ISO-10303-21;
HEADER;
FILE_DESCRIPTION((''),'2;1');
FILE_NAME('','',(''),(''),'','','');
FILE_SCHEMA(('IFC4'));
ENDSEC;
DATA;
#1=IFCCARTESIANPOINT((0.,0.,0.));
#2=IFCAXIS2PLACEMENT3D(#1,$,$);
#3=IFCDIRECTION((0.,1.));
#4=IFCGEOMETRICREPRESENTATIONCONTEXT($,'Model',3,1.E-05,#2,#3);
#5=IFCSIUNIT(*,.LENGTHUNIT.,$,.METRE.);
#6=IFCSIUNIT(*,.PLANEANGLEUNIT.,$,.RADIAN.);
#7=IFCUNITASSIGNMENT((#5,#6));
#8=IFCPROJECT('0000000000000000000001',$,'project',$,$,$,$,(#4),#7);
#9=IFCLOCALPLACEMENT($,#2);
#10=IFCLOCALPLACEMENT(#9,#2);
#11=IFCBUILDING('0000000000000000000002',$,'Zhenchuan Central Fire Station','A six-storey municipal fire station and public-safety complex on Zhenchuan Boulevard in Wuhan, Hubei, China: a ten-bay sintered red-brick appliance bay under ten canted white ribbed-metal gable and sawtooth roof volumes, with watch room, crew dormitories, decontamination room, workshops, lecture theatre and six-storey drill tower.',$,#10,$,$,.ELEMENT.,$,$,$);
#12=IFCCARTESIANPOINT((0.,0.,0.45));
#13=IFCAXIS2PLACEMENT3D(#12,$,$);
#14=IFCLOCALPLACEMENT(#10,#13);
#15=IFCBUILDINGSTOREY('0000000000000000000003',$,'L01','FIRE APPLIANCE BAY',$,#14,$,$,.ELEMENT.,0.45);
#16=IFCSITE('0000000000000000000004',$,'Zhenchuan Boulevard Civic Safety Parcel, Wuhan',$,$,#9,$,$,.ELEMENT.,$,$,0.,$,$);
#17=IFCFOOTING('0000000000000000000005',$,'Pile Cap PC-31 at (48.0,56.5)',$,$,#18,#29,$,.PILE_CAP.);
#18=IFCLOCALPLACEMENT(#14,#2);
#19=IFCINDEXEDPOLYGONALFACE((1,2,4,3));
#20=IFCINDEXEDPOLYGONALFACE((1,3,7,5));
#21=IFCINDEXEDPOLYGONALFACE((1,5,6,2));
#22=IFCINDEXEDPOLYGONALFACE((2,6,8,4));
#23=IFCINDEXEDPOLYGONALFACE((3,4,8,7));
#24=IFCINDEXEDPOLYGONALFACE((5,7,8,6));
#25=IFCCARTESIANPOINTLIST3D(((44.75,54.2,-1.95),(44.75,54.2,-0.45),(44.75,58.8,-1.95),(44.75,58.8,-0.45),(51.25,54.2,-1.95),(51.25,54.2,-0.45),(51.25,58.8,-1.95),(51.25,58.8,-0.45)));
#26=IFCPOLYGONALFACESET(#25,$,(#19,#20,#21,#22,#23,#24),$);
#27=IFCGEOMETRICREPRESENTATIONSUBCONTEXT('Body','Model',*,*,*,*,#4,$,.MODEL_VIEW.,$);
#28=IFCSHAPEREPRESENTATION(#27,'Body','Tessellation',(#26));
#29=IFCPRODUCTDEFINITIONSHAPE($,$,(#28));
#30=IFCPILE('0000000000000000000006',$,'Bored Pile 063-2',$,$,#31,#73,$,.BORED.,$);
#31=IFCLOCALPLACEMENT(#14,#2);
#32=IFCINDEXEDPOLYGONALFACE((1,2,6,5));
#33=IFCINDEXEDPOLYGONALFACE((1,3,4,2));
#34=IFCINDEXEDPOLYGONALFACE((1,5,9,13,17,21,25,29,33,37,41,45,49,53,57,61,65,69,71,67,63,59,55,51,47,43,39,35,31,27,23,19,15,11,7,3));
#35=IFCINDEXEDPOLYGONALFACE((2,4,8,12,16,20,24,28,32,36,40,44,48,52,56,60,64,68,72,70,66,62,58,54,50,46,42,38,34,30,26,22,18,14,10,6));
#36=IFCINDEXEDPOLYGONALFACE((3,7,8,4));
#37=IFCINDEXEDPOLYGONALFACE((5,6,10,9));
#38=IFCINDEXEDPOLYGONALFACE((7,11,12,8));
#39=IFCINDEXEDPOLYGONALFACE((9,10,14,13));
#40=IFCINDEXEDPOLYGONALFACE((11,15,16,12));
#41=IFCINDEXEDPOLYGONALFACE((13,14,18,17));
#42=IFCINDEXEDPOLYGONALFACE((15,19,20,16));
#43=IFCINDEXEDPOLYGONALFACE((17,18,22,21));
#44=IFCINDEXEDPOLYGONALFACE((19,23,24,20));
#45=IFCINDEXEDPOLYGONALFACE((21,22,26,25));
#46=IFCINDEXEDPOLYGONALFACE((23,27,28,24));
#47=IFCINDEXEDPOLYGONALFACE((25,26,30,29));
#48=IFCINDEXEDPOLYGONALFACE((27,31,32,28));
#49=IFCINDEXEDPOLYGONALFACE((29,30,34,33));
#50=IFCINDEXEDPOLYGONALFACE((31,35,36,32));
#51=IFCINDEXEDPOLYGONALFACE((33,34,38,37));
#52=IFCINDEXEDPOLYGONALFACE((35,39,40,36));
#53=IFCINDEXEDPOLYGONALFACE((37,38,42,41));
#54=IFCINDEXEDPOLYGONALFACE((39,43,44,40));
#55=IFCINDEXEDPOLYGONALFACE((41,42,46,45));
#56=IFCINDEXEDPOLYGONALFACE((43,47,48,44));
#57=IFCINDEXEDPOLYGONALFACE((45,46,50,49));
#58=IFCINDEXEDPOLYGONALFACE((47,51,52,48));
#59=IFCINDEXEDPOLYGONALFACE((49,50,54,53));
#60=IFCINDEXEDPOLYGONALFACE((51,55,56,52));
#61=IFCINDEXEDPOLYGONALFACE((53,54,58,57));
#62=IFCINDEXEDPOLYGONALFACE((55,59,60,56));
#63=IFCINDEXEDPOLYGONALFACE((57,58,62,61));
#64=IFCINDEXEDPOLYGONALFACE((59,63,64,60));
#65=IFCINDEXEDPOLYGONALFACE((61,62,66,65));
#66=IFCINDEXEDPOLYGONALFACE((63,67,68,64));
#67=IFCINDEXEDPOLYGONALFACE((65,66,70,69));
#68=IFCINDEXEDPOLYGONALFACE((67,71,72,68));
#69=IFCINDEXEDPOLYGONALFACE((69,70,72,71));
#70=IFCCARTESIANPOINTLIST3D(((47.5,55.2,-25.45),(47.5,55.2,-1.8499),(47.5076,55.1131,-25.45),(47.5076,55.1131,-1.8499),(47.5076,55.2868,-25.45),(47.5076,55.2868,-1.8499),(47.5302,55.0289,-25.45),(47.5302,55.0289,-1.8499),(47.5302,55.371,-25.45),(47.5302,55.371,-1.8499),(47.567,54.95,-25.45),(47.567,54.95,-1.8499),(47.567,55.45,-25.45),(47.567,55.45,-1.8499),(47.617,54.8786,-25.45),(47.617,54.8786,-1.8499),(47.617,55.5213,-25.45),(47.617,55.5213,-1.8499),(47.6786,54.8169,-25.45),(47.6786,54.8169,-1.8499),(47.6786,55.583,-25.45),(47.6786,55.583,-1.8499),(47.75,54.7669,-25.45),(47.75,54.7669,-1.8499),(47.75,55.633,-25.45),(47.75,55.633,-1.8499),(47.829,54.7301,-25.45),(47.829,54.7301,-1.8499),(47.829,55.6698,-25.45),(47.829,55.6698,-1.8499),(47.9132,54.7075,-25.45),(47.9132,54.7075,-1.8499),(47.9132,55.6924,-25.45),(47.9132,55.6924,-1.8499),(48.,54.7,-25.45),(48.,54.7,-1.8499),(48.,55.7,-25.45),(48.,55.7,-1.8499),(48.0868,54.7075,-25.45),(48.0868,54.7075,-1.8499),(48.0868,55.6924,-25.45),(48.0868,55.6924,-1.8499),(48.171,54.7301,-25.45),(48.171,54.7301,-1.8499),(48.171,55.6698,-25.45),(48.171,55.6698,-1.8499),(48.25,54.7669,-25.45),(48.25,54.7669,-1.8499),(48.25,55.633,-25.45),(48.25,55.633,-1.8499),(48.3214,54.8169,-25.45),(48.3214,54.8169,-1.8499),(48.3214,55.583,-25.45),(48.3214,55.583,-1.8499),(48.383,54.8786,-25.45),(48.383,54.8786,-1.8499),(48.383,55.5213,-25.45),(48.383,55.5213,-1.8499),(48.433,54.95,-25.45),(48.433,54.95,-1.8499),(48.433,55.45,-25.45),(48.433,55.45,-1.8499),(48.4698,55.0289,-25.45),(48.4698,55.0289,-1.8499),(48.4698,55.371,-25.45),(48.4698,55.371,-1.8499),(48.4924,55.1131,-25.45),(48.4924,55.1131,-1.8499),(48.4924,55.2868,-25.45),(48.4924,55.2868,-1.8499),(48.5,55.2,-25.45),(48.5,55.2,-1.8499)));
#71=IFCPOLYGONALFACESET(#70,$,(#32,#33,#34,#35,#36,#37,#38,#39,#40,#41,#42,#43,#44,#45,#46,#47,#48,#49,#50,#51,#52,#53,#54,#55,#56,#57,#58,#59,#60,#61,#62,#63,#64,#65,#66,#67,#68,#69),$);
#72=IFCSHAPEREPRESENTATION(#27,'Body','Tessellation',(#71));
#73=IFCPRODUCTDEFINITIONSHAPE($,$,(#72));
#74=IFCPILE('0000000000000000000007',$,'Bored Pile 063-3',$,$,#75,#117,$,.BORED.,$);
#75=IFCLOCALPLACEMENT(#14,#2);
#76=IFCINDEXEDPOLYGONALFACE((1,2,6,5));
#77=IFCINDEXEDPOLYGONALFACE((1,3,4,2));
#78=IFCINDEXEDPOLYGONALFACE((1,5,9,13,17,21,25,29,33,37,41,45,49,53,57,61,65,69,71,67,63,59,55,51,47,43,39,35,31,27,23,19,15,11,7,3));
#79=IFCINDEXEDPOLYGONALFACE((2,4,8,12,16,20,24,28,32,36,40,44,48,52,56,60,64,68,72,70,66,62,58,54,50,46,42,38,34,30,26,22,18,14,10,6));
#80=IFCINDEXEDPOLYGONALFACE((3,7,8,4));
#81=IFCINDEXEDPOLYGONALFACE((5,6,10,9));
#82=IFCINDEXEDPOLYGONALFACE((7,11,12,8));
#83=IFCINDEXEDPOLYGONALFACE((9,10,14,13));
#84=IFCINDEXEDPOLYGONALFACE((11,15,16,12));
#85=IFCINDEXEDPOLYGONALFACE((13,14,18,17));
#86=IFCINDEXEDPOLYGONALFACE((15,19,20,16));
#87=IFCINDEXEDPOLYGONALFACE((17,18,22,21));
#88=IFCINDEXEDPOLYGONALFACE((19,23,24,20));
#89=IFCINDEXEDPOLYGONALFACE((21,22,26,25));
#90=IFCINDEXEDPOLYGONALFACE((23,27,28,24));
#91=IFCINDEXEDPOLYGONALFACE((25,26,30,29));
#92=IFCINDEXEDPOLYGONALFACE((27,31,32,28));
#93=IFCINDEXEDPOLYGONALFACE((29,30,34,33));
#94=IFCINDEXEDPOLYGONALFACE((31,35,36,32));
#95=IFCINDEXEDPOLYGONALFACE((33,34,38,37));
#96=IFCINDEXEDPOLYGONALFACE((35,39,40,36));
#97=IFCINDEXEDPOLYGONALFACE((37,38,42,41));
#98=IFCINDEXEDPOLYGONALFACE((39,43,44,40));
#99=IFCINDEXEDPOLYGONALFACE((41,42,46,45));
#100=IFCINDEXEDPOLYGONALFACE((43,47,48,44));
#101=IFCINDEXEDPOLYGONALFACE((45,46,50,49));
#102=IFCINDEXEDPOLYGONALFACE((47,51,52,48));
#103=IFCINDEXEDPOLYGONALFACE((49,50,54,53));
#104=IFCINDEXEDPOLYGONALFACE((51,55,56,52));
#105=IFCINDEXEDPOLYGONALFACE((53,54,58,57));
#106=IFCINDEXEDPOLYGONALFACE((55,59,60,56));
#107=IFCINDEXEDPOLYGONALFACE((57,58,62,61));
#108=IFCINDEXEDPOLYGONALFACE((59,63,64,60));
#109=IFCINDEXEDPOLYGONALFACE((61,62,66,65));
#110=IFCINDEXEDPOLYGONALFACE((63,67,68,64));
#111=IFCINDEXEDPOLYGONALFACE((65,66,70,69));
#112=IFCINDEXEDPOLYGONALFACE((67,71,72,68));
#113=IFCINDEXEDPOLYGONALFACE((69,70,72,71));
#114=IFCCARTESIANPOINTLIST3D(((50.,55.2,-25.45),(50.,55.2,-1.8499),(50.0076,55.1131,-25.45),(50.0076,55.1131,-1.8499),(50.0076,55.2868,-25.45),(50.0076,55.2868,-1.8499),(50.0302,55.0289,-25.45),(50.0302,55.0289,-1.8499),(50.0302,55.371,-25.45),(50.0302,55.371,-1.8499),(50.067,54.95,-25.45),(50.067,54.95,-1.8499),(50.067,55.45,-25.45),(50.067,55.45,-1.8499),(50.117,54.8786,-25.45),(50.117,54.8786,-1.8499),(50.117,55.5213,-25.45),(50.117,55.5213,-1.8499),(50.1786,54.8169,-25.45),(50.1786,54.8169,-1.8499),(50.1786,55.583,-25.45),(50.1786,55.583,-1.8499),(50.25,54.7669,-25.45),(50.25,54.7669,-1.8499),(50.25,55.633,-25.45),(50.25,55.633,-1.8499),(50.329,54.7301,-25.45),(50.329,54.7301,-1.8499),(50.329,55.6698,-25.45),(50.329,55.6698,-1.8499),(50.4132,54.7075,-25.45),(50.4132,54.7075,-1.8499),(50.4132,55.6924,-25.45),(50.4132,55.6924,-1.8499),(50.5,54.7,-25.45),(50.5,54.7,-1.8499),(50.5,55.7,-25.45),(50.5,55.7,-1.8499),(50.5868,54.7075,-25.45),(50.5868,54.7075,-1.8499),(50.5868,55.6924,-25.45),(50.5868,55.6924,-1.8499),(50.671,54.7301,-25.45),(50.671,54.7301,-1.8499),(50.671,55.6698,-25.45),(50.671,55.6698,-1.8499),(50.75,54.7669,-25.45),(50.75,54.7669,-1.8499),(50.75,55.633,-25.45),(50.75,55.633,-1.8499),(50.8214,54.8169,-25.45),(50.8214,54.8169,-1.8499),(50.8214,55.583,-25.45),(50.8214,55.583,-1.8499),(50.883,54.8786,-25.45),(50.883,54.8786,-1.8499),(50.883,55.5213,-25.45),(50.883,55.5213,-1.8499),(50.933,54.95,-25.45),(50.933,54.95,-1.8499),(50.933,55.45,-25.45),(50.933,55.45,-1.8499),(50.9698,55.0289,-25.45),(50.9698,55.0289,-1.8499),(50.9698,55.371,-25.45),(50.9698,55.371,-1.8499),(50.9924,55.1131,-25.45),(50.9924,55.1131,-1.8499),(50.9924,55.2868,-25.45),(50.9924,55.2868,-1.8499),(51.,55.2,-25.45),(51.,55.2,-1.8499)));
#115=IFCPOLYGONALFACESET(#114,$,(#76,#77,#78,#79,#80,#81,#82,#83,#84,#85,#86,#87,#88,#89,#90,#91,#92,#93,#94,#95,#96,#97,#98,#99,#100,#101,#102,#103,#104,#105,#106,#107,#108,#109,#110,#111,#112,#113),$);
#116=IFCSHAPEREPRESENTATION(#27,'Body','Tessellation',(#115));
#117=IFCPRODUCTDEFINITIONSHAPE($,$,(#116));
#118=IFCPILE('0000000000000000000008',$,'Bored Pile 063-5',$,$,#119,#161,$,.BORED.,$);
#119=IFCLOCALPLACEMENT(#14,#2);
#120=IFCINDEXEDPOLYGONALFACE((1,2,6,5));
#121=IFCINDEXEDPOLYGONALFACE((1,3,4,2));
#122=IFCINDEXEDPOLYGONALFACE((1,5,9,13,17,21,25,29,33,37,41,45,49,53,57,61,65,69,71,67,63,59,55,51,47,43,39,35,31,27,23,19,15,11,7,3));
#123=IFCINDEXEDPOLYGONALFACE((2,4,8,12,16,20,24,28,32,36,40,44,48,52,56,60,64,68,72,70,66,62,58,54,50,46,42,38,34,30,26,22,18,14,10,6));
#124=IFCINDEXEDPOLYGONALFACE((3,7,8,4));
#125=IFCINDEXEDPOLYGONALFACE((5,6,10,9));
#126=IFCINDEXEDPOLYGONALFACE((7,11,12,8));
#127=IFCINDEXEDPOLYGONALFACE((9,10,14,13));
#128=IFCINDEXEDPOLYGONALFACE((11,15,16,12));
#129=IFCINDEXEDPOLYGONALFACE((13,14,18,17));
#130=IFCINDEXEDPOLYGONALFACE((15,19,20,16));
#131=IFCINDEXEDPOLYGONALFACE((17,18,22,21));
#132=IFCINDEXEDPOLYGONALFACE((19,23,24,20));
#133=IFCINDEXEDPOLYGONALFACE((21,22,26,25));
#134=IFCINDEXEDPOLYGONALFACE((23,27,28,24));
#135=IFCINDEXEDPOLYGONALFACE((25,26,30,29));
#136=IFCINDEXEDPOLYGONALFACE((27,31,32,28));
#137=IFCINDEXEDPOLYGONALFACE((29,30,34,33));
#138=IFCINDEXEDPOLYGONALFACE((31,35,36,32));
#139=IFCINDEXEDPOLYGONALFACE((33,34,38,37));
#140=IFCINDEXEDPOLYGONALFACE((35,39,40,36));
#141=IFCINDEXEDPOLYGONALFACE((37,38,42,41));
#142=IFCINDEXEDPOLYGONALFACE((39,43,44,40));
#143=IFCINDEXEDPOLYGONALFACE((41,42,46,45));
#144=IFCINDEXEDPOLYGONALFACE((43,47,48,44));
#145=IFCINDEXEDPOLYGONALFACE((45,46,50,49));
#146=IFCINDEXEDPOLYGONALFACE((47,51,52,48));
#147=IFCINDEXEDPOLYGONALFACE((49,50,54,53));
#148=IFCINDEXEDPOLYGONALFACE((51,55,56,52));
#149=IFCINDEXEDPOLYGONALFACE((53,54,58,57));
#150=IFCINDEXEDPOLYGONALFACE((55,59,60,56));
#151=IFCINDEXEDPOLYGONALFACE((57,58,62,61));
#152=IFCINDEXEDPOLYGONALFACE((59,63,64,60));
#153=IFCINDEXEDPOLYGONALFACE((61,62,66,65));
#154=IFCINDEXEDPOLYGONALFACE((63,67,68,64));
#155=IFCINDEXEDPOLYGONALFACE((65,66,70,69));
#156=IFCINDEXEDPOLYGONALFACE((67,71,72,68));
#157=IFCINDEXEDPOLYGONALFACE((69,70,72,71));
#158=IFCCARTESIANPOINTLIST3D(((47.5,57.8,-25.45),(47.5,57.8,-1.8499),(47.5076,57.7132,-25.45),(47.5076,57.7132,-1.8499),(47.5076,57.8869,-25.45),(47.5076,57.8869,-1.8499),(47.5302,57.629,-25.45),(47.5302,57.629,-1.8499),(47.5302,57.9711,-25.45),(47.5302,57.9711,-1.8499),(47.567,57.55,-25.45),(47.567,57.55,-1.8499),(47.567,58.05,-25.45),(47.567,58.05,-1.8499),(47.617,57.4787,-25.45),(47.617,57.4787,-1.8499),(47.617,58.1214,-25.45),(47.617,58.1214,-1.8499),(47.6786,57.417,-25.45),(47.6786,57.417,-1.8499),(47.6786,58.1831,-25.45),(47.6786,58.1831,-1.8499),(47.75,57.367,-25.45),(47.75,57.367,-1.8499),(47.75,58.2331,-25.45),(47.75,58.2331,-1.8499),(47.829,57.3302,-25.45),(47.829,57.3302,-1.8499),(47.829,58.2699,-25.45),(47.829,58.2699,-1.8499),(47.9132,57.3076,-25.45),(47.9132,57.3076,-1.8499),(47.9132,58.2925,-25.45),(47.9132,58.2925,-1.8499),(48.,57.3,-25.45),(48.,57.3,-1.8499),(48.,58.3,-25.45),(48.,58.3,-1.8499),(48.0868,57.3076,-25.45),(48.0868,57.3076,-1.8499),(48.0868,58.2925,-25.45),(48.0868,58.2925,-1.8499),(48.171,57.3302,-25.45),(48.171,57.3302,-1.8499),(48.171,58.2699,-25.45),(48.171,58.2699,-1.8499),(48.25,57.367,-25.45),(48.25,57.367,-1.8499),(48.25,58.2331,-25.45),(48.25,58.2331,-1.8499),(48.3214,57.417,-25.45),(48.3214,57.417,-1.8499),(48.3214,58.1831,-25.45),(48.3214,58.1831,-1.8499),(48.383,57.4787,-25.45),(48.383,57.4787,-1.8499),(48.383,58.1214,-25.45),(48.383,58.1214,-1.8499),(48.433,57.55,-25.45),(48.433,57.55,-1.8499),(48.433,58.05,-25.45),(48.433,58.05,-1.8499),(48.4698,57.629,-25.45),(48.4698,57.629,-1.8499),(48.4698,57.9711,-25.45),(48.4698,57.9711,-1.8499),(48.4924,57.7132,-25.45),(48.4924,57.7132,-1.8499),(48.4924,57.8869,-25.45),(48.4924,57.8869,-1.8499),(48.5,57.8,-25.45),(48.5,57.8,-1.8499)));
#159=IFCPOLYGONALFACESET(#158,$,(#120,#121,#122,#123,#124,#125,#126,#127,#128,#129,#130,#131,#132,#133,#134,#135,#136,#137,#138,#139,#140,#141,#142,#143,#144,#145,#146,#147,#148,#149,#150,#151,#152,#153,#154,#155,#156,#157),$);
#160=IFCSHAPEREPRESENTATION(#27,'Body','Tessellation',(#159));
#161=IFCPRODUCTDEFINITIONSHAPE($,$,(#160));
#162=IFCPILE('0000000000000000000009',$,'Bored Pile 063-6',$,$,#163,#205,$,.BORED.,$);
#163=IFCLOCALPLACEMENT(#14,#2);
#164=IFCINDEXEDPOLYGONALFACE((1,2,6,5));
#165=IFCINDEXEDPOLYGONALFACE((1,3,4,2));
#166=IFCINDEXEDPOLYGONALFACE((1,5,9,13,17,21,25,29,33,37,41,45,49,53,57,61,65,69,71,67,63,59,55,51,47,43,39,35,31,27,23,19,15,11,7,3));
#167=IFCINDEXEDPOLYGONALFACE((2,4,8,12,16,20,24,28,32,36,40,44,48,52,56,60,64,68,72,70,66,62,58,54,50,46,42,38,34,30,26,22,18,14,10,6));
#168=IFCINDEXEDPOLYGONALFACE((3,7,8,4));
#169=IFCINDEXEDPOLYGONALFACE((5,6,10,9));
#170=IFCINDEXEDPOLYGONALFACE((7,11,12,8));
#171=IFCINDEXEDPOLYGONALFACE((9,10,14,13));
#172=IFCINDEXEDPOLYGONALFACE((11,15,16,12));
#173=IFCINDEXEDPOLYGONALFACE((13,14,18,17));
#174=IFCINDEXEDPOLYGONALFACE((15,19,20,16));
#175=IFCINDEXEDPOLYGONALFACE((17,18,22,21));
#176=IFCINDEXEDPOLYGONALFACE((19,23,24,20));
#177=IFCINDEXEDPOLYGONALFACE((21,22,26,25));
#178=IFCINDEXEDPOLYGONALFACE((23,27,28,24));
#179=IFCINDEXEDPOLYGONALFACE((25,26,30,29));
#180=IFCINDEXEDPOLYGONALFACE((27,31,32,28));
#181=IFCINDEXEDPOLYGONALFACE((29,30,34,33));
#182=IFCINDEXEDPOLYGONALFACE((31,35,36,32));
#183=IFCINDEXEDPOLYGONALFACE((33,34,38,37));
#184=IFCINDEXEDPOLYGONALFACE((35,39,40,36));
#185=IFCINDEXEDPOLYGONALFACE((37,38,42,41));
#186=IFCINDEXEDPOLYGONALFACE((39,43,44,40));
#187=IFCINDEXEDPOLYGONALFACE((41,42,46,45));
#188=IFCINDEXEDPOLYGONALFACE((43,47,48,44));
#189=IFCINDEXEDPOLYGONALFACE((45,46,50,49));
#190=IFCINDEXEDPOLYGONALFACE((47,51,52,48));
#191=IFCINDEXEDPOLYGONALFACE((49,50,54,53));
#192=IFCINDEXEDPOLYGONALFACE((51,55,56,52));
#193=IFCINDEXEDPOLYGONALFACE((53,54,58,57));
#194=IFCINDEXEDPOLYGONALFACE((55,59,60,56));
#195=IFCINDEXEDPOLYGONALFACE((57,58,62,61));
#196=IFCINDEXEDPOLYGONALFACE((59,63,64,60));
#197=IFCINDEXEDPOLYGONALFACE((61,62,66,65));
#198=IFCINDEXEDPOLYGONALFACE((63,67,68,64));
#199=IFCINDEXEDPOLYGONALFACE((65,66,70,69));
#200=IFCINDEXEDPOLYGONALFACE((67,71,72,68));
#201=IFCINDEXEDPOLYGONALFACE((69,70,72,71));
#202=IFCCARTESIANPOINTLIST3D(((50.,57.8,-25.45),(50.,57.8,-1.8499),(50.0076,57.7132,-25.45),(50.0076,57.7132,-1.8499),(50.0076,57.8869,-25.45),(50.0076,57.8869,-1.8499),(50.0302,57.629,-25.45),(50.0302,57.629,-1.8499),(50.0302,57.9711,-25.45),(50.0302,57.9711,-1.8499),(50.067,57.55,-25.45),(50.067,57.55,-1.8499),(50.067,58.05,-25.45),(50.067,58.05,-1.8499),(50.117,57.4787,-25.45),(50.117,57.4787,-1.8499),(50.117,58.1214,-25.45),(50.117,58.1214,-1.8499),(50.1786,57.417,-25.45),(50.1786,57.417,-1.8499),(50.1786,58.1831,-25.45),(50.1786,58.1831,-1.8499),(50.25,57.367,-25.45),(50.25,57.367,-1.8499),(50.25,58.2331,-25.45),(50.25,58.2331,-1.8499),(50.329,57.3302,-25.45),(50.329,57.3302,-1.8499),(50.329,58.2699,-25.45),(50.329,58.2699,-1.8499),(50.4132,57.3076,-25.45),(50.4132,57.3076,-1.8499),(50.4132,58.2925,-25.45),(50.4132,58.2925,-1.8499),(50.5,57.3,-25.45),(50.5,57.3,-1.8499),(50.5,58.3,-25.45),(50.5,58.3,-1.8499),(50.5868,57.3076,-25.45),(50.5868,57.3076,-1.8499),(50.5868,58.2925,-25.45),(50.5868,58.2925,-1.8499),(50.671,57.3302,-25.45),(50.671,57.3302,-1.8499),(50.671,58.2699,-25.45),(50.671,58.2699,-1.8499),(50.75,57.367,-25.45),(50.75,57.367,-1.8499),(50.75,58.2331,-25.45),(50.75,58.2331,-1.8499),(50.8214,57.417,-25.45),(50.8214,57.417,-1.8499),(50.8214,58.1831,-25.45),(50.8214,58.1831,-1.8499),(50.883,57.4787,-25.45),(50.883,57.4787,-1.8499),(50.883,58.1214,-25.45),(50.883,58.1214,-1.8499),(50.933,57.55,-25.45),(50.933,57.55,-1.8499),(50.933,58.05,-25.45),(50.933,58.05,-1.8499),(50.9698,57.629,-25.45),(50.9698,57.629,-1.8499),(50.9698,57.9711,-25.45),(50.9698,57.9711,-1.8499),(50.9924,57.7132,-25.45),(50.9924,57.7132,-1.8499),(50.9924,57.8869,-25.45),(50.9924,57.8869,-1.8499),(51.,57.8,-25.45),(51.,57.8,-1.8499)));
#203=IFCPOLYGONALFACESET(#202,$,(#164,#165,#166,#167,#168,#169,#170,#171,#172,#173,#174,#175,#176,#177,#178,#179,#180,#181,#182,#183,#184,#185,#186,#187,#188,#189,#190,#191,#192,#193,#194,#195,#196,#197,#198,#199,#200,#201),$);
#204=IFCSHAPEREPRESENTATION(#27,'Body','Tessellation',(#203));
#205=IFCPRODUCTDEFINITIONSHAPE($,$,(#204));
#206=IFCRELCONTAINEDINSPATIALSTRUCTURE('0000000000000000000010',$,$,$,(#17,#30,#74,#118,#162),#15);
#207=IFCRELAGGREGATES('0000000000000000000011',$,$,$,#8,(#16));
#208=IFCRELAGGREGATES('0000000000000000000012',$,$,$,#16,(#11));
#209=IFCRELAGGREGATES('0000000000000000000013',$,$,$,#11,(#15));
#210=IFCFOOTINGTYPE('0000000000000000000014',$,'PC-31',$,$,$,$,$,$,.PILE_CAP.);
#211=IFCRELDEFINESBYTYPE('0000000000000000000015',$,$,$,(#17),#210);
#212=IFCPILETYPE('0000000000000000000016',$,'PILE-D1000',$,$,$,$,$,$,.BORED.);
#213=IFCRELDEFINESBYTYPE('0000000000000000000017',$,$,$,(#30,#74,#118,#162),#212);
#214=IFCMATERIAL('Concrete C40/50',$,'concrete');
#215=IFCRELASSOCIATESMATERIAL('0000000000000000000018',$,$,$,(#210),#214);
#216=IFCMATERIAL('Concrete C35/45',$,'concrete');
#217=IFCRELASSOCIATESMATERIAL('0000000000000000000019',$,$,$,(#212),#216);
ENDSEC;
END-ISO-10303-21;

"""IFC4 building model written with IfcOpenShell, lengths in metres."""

from ifc_helpers import new_model, si_unit, direction, frame, origin, origin_2d, place, context, subcontext, project, spatial, rectangle, circle, extrude, material, material_profile, profile_set, type_object, element, save


model = new_model("IFC4")

# Units and contexts
model_context = context("Model", 3, precision=1e-05, world=origin(), true_north=direction((0.0, 1.0)))
body_context = subcontext(model_context, "Body", "Model", "MODEL_VIEW")
ifc_project = project(units=[si_unit("LENGTHUNIT", "METRE"), si_unit("PLANEANGLEUNIT", "RADIAN")], contexts=[model_context])

# Site, building, storey
site_placement = place(None, origin())
site = spatial("IfcSite", under=ifc_project, at=site_placement, Name="Zhenchuan Boulevard Civic Safety Parcel, Wuhan", CompositionType="ELEMENT", RefElevation=0.0)
building_placement = place(site_placement, origin())
building = spatial("IfcBuilding", under=site, at=building_placement, Name="Zhenchuan Central Fire Station", Description="A six-storey municipal fire station and public-safety complex on Zhenchuan Boulevard in Wuhan, Hubei, China: a ten-bay sintered red-brick appliance bay under ten canted white ribbed-metal gable and sawtooth roof volumes, with watch room, crew dormitories, decontamination room, workshops, lecture theatre and six-storey drill tower.", CompositionType="ELEMENT")
storey_placement = place(building_placement, frame((0.0, 0.0, 0.45)))
storey = spatial("IfcBuildingStorey", under=building, at=storey_placement, Name="L01", Description="FIRE APPLIANCE BAY", CompositionType="ELEMENT", Elevation=0.45)

# Footing
ifc_material_1 = material(Name="Concrete C40/50", Category="concrete")
footing_type = type_object("IfcFootingType", Name="PC-31", PredefinedType="PILE_CAP", material=ifc_material_1)
footing_placement = place(storey_placement, frame((48.0, 56.5, -1.95), z_axis=(0.0, 0.0, 1.0), x_axis=(1.0, 0.0, 0.0)))
element("IfcFooting", 1, at=footing_placement, inside=storey, type_object=footing_type, Name="Pile Cap PC-31 at (48.0,56.5)", PredefinedType="PILE_CAP", context=body_context, shape_type="SweptSolid", body=[
    extrude(rectangle(XDim=6.5, YDim=4.6001, at=origin_2d()), origin(), (0.0, 0.0, 1.0), 1.5),
])

# Piles
ifc_material_2 = material(Name="Concrete C35/45", Category="concrete")
ifc_material_profile_1 = material_profile(ifc_material_2, circle(Radius=0.5, at=origin_2d()), Name="PILE D1000")
ifc_profile_set_1 = profile_set([ifc_material_profile_1], Name="Concrete C35/45")
pile_type_1 = type_object("IfcPileType", Name="PILE-D1000", PredefinedType="BORED", material=ifc_profile_set_1)
for number, where, z_axis, x_axis, name in (
    (2, (48.0, 55.2, -1.8499), (0.0, 0.0, -1.0), (1.0, 0.0, 0.0), "Bored Pile 063-2"),
    (3, (50.5, 55.2, -1.8499), (0.0, 0.0, -1.0), (1.0, 0.0, 0.0), "Bored Pile 063-3"),
    (4, (48.0, 57.8, -1.8499), (0.0, 0.0, -1.0), (1.0, 0.0, 0.0), "Bored Pile 063-5"),
    (5, (50.5, 57.8, -1.8499), (0.0, 0.0, -1.0), (1.0, 0.0, 0.0), "Bored Pile 063-6"),
):
    element("IfcPile", number, at=place(storey_placement, frame(where, z_axis=z_axis, x_axis=x_axis)), inside=storey, type_object=pile_type_1, Name=name, PredefinedType="BORED", context=body_context, shape_type="SweptSolid", body=[
        extrude(circle(Radius=0.5, at=origin_2d()), origin(), (0.0, 0.0, 1.0), 23.6001),
    ])

save(model, "model.ifc")
